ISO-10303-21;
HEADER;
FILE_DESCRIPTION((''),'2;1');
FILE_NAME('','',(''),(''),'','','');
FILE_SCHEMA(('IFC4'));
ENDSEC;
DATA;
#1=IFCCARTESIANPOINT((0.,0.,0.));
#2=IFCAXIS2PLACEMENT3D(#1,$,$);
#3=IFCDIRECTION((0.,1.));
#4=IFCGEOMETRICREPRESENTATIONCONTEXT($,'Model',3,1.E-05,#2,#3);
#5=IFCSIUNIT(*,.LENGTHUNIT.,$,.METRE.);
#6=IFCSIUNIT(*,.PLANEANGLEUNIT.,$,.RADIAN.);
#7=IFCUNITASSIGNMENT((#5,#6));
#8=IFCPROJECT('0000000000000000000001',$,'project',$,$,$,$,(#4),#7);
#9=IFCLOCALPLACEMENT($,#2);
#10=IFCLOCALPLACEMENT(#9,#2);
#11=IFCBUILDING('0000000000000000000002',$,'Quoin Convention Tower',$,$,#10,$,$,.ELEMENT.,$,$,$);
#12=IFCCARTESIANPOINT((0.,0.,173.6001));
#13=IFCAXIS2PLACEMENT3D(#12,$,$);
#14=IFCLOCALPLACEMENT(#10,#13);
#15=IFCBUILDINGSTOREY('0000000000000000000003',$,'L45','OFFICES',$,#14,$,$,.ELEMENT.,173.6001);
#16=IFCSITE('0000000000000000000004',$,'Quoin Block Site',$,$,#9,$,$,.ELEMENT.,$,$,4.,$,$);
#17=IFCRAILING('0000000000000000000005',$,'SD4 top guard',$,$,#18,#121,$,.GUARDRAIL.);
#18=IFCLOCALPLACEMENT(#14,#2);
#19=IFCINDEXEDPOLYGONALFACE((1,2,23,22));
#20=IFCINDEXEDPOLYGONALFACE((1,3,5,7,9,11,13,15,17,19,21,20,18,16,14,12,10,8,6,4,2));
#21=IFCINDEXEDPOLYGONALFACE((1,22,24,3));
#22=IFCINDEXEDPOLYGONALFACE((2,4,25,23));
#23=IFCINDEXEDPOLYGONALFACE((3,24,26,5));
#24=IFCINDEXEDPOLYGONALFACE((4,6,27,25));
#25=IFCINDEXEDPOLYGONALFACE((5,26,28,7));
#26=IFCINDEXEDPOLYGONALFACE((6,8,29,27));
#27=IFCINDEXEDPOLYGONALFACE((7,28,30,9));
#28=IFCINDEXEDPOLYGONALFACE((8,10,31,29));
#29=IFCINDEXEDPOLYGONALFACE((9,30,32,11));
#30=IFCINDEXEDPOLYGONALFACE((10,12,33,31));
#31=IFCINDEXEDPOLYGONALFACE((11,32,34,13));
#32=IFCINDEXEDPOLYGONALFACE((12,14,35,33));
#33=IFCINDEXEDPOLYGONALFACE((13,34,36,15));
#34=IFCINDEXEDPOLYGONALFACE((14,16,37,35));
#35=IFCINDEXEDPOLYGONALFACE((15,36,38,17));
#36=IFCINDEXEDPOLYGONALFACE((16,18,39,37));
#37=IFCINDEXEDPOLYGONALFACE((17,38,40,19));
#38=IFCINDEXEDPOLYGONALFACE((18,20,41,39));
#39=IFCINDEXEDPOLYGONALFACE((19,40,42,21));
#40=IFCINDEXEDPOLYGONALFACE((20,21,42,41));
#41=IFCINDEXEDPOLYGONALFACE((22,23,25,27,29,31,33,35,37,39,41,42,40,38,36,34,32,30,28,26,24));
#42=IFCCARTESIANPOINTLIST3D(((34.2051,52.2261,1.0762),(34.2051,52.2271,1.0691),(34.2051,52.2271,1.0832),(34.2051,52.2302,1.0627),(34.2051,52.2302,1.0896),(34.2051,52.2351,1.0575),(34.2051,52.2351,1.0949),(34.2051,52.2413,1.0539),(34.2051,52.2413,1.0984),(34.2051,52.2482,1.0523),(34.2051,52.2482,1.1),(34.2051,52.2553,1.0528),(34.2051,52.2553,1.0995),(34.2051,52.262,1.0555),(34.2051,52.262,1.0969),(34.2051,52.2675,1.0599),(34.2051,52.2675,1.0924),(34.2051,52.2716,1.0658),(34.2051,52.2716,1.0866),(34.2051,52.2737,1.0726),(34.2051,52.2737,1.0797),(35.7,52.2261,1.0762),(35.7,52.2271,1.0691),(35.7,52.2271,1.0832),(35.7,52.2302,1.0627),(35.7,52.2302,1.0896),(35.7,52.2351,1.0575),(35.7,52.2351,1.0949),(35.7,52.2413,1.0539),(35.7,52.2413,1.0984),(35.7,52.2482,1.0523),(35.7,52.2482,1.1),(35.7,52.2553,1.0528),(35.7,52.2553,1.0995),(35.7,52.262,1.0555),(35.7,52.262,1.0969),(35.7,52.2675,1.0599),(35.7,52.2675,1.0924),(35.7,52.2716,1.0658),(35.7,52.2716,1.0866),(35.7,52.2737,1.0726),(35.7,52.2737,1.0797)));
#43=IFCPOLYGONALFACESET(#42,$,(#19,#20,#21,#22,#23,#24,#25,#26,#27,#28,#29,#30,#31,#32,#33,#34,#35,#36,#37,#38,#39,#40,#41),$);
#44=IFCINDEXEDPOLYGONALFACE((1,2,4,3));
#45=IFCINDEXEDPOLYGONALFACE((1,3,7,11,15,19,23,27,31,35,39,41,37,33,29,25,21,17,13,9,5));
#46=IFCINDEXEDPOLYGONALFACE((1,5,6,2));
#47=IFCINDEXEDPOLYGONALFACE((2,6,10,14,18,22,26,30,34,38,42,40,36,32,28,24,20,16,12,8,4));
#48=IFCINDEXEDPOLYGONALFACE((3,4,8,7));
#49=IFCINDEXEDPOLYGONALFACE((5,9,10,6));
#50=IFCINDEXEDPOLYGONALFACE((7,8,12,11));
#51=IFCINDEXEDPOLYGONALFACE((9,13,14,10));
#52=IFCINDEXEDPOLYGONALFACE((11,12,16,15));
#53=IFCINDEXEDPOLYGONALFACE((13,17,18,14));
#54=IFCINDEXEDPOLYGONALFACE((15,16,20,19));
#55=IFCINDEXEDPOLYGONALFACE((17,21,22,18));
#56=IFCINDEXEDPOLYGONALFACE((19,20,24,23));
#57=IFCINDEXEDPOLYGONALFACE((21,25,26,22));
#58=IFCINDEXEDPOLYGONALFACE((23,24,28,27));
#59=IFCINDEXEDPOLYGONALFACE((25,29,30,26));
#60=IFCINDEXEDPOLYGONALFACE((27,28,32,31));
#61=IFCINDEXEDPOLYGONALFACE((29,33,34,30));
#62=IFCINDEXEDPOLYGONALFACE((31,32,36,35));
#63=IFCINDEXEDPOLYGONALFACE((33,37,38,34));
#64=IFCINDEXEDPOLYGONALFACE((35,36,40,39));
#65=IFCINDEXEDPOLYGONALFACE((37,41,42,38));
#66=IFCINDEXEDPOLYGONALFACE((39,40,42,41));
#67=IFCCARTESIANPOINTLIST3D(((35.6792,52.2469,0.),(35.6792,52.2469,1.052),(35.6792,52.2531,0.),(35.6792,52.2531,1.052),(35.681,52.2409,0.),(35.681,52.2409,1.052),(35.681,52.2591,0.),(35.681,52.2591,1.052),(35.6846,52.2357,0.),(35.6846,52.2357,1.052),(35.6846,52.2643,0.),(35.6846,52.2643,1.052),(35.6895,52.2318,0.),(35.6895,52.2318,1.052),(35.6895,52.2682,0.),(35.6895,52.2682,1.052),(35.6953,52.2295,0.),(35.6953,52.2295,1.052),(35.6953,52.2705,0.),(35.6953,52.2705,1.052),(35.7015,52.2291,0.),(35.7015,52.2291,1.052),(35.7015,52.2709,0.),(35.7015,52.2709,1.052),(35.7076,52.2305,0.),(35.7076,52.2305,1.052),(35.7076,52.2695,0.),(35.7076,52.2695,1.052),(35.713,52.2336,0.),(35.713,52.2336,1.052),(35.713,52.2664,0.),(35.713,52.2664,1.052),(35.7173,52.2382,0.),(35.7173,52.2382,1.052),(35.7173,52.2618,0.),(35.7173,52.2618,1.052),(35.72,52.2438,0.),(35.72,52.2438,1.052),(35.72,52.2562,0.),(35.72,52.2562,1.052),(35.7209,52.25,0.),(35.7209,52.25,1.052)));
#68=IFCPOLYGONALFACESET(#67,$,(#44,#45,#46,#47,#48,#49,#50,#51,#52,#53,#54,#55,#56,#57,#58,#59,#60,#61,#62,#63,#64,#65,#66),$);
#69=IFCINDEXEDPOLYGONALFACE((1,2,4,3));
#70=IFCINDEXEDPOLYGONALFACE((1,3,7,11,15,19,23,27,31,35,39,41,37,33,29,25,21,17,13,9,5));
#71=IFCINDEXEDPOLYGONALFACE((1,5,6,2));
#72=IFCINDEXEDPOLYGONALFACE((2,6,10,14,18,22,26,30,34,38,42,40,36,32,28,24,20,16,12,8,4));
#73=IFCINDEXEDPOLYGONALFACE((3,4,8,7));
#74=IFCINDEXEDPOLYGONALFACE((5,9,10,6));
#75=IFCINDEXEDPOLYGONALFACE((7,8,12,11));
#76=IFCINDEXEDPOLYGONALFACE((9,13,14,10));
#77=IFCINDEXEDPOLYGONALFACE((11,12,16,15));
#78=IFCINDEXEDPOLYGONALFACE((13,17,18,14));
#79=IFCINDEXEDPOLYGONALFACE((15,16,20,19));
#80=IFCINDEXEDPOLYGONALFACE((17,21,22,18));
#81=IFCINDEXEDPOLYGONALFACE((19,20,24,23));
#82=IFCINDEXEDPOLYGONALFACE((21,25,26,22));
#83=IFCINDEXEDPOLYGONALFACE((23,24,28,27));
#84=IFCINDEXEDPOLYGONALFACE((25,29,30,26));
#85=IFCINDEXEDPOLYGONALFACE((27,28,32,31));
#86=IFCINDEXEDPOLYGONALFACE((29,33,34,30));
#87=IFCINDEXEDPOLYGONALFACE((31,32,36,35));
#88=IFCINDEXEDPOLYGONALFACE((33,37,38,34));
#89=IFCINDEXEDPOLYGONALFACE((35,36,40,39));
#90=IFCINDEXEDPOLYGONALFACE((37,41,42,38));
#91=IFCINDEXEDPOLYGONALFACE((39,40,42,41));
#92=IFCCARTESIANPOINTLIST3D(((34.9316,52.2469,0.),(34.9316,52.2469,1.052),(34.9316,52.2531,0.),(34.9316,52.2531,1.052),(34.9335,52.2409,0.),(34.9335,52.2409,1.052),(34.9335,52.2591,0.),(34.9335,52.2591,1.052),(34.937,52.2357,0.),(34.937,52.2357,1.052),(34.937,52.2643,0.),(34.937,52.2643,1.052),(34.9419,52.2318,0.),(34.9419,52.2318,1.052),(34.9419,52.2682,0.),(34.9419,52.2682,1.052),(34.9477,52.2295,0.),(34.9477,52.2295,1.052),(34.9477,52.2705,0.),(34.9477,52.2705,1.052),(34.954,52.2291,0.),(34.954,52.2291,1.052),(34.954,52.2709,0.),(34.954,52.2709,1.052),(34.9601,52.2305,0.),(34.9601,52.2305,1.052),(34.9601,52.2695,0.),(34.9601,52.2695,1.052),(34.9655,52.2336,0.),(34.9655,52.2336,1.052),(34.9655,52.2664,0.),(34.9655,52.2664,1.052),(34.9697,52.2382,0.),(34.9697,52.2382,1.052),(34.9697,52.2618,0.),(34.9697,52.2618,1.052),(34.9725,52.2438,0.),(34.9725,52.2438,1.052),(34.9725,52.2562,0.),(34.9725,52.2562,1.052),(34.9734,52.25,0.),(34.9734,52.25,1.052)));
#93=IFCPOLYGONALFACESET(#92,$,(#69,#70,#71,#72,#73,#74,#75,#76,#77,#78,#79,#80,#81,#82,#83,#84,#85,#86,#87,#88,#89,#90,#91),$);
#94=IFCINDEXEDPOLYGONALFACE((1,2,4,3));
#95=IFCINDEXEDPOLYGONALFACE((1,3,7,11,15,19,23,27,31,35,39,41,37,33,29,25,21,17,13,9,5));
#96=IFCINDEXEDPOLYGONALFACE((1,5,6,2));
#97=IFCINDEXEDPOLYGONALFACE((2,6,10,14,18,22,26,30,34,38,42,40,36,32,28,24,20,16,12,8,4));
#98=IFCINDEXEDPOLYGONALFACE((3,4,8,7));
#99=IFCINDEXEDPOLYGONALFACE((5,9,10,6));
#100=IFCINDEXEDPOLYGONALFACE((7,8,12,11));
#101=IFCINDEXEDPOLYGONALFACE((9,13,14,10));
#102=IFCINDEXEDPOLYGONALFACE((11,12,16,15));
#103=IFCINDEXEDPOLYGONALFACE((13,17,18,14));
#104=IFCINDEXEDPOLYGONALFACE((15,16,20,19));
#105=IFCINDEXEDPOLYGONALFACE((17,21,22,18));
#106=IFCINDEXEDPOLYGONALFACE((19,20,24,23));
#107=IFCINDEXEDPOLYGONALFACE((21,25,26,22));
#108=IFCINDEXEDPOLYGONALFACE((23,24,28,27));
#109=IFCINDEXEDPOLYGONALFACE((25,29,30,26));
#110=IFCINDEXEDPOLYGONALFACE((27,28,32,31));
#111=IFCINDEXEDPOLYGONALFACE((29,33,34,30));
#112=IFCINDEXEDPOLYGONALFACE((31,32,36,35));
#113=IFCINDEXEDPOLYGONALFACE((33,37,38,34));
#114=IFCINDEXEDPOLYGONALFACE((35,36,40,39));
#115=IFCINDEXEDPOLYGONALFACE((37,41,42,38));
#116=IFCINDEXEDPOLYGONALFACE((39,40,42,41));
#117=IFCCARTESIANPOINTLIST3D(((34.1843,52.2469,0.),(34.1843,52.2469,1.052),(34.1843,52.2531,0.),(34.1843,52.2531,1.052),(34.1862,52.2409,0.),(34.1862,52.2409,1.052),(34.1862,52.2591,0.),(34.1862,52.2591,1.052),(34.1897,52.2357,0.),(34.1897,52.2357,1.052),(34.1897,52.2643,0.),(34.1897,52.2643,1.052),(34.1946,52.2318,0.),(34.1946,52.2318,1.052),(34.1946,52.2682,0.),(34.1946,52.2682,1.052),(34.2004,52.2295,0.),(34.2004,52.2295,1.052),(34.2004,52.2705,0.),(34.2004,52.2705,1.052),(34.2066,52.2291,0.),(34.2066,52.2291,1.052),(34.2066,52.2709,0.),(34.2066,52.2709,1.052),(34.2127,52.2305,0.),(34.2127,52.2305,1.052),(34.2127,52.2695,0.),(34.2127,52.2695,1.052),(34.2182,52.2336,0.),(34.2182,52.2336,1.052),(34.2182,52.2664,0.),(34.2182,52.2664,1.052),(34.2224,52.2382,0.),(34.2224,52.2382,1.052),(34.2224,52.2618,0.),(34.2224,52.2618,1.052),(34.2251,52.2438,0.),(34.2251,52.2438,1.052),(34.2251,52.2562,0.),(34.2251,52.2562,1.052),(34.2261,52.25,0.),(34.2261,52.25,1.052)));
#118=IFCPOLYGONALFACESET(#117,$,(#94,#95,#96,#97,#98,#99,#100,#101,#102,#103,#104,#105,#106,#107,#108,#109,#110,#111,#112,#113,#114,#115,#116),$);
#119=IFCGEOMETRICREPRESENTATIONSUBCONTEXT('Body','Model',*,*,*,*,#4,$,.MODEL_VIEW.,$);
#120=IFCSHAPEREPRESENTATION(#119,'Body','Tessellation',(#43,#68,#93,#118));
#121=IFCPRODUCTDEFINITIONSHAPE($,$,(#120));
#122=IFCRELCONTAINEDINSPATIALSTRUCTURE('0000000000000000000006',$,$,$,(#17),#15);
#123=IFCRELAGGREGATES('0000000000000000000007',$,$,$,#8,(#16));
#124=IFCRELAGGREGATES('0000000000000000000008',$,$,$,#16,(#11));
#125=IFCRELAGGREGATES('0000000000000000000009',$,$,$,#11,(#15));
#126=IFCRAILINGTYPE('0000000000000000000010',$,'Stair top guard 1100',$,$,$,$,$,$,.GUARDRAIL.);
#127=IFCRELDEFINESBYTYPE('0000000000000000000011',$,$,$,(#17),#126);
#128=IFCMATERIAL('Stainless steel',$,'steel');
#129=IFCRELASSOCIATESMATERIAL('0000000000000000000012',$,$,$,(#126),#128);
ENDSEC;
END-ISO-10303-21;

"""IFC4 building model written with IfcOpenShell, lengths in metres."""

from ifc_helpers import new_model, si_unit, direction, frame, origin, origin_2d, place, context, subcontext, project, spatial, circle, extrude, material, type_object, element, save


model = new_model("IFC4")

# Units and contexts
model_context = context("Model", 3, precision=1e-05, world=origin(), true_north=direction((0.0, 1.0)))
body_context = subcontext(model_context, "Body", "Model", "MODEL_VIEW")
ifc_project = project(units=[si_unit("LENGTHUNIT", "METRE"), si_unit("PLANEANGLEUNIT", "RADIAN")], contexts=[model_context])

# Site, building, storey
site_placement = place(None, origin())
site = spatial("IfcSite", under=ifc_project, at=site_placement, Name="Quoin Block Site", CompositionType="ELEMENT", RefElevation=4.0)
building_placement = place(site_placement, origin())
building = spatial("IfcBuilding", under=site, at=building_placement, Name="Quoin Convention Tower", CompositionType="ELEMENT")
storey_placement = place(building_placement, frame((0.0, 0.0, 173.6001)))
storey = spatial("IfcBuildingStorey", under=building, at=storey_placement, Name="L45", Description="OFFICES", CompositionType="ELEMENT", Elevation=173.6001)

# Railing
ifc_material_1 = material(Name="Stainless steel", Category="steel")
railing_type_1 = type_object("IfcRailingType", Name="Stair top guard 1100", PredefinedType="GUARDRAIL", material=ifc_material_1)
railing_1_placement = place(storey_placement, frame((35.7, 52.25, 0.0)))
element("IfcRailing", 1, at=railing_1_placement, inside=storey, type_object=railing_type_1, Name="SD4 top guard", PredefinedType="GUARDRAIL", context=body_context, shape_type="SweptSolid", body=[
    extrude(circle(Radius=0.0239, at=origin_2d()), frame((0.0, 0.0, 1.0762), z_axis=(-1.0, 0.0, 0.0), x_axis=(0.0, -1.0, 0.0)), (0.0, 0.0, 1.0), 1.4949),
    extrude(circle(Radius=0.021, at=origin_2d()), origin(), (0.0, 0.0, 1.0), 1.052),
    extrude(circle(Radius=0.021, at=origin_2d()), frame((-0.7476, 0.0, 0.0)), (0.0, 0.0, 1.0), 1.052),
    extrude(circle(Radius=0.021, at=origin_2d()), frame((-1.4949, 0.0, 0.0)), (0.0, 0.0, 1.0), 1.052),
])

save(model, "model.ifc")
